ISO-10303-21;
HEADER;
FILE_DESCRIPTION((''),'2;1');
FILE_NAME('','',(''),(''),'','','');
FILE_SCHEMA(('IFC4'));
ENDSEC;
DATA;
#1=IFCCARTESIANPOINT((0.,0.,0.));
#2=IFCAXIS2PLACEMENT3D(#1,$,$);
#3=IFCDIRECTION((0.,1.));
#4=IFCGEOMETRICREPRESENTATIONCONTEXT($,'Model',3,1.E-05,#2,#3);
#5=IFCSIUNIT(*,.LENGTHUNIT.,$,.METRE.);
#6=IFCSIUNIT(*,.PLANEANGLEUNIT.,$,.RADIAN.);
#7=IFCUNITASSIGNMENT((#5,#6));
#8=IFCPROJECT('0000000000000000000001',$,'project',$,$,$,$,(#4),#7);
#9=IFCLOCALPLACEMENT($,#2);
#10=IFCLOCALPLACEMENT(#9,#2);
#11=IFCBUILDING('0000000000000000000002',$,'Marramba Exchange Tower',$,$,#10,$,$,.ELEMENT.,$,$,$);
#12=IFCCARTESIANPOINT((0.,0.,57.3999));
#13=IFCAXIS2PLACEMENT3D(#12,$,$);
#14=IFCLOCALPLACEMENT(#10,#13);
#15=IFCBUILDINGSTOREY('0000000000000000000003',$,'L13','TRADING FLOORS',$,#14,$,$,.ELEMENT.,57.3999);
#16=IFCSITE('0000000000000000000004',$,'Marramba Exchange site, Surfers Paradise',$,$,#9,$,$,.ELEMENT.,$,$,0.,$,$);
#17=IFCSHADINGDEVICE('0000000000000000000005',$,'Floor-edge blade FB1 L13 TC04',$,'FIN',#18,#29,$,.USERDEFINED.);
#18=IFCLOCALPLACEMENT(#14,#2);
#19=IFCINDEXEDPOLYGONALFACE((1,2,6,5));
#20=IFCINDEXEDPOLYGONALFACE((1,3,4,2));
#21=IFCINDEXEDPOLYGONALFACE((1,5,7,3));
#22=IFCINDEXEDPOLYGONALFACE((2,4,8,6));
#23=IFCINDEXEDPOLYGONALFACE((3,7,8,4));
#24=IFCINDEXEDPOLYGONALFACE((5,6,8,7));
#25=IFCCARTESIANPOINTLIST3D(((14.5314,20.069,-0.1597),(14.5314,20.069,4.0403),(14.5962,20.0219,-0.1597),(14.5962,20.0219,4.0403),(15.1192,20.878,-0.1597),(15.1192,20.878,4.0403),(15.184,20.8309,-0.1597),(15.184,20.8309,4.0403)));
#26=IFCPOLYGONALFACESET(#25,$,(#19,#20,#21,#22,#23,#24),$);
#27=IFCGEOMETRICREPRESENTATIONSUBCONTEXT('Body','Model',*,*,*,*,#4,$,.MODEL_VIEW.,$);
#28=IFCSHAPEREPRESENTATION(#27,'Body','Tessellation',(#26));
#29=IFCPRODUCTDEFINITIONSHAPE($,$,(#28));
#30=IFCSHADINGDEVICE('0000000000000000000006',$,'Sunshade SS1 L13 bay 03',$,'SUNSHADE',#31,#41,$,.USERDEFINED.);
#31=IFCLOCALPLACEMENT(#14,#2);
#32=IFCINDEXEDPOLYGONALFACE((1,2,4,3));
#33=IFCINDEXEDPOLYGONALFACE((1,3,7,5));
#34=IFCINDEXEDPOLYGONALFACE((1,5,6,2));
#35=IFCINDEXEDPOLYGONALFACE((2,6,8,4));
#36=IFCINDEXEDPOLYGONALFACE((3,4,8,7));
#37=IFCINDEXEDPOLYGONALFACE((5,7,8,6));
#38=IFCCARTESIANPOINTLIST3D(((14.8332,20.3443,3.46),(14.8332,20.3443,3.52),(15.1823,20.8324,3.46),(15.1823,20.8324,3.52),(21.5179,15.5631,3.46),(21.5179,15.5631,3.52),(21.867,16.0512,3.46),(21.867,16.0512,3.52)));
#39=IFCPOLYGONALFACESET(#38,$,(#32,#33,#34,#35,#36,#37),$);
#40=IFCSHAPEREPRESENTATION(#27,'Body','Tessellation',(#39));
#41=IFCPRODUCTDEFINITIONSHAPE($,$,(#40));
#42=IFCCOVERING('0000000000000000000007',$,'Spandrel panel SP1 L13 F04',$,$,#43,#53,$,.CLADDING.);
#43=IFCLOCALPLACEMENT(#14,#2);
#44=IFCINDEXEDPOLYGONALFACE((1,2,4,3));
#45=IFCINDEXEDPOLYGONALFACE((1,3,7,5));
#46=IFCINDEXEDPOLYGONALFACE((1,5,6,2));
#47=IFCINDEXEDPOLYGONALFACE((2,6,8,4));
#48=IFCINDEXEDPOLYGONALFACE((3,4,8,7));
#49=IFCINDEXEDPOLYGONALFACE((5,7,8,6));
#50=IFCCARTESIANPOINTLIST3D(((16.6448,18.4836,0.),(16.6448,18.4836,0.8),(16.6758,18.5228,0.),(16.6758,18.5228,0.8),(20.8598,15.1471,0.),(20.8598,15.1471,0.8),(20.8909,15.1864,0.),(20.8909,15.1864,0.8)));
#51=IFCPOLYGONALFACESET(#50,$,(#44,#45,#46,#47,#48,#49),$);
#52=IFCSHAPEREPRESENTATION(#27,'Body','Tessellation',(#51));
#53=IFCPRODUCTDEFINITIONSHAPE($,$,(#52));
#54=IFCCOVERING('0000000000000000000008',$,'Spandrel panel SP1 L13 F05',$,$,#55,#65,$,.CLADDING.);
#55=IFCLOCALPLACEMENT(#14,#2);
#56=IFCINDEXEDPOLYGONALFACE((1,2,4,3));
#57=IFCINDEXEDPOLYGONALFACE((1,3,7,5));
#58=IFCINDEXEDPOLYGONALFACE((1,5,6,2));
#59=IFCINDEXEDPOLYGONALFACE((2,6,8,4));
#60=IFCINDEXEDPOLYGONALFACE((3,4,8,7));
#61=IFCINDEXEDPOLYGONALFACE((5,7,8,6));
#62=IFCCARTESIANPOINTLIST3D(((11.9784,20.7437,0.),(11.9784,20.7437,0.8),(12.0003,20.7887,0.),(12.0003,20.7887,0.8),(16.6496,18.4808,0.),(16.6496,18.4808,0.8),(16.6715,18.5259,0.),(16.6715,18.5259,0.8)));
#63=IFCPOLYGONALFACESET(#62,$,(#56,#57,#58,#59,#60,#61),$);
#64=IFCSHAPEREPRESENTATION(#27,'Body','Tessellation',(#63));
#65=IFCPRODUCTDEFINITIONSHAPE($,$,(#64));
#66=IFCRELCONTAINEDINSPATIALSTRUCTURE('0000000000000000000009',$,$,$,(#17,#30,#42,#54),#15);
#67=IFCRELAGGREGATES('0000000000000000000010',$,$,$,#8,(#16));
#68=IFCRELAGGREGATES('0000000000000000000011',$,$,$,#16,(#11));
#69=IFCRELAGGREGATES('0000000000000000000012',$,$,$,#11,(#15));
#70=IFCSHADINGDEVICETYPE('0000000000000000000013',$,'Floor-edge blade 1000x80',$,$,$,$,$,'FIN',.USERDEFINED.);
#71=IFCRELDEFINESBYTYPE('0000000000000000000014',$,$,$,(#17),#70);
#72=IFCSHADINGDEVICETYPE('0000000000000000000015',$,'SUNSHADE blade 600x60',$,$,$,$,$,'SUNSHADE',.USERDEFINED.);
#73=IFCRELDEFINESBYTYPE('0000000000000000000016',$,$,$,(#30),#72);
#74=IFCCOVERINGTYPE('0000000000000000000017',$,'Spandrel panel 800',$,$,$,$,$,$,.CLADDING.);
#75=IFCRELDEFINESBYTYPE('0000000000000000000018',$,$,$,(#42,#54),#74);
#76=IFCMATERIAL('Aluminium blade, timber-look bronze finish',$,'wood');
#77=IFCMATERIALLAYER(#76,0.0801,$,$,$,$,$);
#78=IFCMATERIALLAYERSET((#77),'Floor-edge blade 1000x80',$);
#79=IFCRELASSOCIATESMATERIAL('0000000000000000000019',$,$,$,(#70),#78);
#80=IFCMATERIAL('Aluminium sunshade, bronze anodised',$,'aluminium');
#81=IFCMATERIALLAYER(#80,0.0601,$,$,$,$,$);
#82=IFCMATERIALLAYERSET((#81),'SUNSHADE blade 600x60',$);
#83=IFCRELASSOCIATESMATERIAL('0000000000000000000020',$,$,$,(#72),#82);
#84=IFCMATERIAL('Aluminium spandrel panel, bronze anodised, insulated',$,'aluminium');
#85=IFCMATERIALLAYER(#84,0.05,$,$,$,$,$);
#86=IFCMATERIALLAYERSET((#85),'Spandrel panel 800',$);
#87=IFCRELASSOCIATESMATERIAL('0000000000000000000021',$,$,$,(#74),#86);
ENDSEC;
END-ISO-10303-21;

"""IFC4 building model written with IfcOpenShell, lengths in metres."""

from ifc_helpers import new_model, si_unit, direction, frame, origin, origin_2d, place, context, subcontext, project, spatial, rectangle, extrude, material, layer, layer_set, type_object, element, save


model = new_model("IFC4")

# Units and contexts
model_context = context("Model", 3, precision=1e-05, world=origin(), true_north=direction((0.0, 1.0)))
body_context = subcontext(model_context, "Body", "Model", "MODEL_VIEW")
ifc_project = project(units=[si_unit("LENGTHUNIT", "METRE"), si_unit("PLANEANGLEUNIT", "RADIAN")], contexts=[model_context])

# Site, building, storey
site_placement = place(None, origin())
site = spatial("IfcSite", under=ifc_project, at=site_placement, Name="Marramba Exchange site, Surfers Paradise", CompositionType="ELEMENT", RefElevation=0.0)
building_placement = place(site_placement, origin())
building = spatial("IfcBuilding", under=site, at=building_placement, Name="Marramba Exchange Tower", CompositionType="ELEMENT")
storey_placement = place(building_placement, frame((0.0, 0.0, 57.3999)))
storey = spatial("IfcBuildingStorey", under=building, at=storey_placement, Name="L13", Description="TRADING FLOORS", CompositionType="ELEMENT", Elevation=57.3999)

# Shading devices
ifc_material_1 = material(Name="Aluminium blade, timber-look bronze finish", Category="wood")
ifc_layer_1 = layer(ifc_material_1, 0.0801)
ifc_layer_set_1 = layer_set([ifc_layer_1], Name="Floor-edge blade 1000x80")
shading_device_type_1 = type_object("IfcShadingDeviceType", Name="Floor-edge blade 1000x80", ElementType="FIN", PredefinedType="USERDEFINED", material=ifc_layer_set_1)
for number, where, z_axis, x_axis, name in (
    (1, (14.8577, 20.45, -0.1597), (0.0, 0.0, 1.0), (0.587785, 0.809017, 0.0), "Floor-edge blade FB1 L13 TC04"),
):
    element("IfcShadingDevice", number, at=place(storey_placement, frame(where, z_axis=z_axis, x_axis=x_axis)), inside=storey, type_object=shading_device_type_1, Name=name, ObjectType="FIN", PredefinedType="USERDEFINED", context=body_context, shape_type="SweptSolid", body=[
        extrude(rectangle(XDim=1.0, YDim=0.0801, at=origin_2d()), origin(), (0.0, 0.0, 1.0), 4.2),
    ])
ifc_material_2 = material(Name="Aluminium sunshade, bronze anodised", Category="aluminium")
ifc_layer_2 = layer(ifc_material_2, 0.0601)
ifc_layer_set_2 = layer_set([ifc_layer_2], Name="SUNSHADE blade 600x60")
shading_device_type_2 = type_object("IfcShadingDeviceType", Name="SUNSHADE blade 600x60", ElementType="SUNSHADE", PredefinedType="USERDEFINED", material=ifc_layer_set_2)
shading_device_placement = place(storey_placement, frame((18.3501, 18.1978, 3.46), z_axis=(0.0, 0.0, 1.0), x_axis=(-0.813363, 0.581757, 0.0)))
element("IfcShadingDevice", 2, at=shading_device_placement, inside=storey, type_object=shading_device_type_2, Name="Sunshade SS1 L13 bay 03", ObjectType="SUNSHADE", PredefinedType="USERDEFINED", context=body_context, shape_type="SweptSolid", body=[
    extrude(rectangle(XDim=8.2185, YDim=0.6001, at=origin_2d()), origin(), (0.0, 0.0, 1.0), 0.0601),
])

# Coverings
ifc_material_3 = material(Name="Aluminium spandrel panel, bronze anodised, insulated", Category="aluminium")
ifc_layer_3 = layer(ifc_material_3, 0.05)
ifc_layer_set_3 = layer_set([ifc_layer_3], Name="Spandrel panel 800")
covering_type = type_object("IfcCoveringType", Name="Spandrel panel 800", PredefinedType="CLADDING", material=ifc_layer_set_3)
covering_1_placement = place(storey_placement, frame((18.7678, 16.835, 0.0), z_axis=(0.0, 0.0, 1.0), x_axis=(-0.784088, 0.62065, 0.0)))
element("IfcCovering", 3, at=covering_1_placement, inside=storey, type_object=covering_type, Name="Spandrel panel SP1 L13 F04", PredefinedType="CLADDING", context=body_context, shape_type="SweptSolid", body=[
    extrude(rectangle(XDim=5.3757, YDim=0.05, at=origin_2d()), origin(), (0.0, 0.0, 1.0), 0.8),
])
covering_2_placement = place(storey_placement, frame((14.325, 19.6348, 0.0), z_axis=(0.0, 0.0, 1.0), x_axis=(-0.899963, 0.435965, 0.0)))
element("IfcCovering", 4, at=covering_2_placement, inside=storey, type_object=covering_type, Name="Spandrel panel SP1 L13 F05", PredefinedType="CLADDING", context=body_context, shape_type="SweptSolid", body=[
    extrude(rectangle(XDim=5.1904, YDim=0.05, at=origin_2d()), origin(), (0.0, 0.0, 1.0), 0.8),
])

save(model, "model.ifc")
